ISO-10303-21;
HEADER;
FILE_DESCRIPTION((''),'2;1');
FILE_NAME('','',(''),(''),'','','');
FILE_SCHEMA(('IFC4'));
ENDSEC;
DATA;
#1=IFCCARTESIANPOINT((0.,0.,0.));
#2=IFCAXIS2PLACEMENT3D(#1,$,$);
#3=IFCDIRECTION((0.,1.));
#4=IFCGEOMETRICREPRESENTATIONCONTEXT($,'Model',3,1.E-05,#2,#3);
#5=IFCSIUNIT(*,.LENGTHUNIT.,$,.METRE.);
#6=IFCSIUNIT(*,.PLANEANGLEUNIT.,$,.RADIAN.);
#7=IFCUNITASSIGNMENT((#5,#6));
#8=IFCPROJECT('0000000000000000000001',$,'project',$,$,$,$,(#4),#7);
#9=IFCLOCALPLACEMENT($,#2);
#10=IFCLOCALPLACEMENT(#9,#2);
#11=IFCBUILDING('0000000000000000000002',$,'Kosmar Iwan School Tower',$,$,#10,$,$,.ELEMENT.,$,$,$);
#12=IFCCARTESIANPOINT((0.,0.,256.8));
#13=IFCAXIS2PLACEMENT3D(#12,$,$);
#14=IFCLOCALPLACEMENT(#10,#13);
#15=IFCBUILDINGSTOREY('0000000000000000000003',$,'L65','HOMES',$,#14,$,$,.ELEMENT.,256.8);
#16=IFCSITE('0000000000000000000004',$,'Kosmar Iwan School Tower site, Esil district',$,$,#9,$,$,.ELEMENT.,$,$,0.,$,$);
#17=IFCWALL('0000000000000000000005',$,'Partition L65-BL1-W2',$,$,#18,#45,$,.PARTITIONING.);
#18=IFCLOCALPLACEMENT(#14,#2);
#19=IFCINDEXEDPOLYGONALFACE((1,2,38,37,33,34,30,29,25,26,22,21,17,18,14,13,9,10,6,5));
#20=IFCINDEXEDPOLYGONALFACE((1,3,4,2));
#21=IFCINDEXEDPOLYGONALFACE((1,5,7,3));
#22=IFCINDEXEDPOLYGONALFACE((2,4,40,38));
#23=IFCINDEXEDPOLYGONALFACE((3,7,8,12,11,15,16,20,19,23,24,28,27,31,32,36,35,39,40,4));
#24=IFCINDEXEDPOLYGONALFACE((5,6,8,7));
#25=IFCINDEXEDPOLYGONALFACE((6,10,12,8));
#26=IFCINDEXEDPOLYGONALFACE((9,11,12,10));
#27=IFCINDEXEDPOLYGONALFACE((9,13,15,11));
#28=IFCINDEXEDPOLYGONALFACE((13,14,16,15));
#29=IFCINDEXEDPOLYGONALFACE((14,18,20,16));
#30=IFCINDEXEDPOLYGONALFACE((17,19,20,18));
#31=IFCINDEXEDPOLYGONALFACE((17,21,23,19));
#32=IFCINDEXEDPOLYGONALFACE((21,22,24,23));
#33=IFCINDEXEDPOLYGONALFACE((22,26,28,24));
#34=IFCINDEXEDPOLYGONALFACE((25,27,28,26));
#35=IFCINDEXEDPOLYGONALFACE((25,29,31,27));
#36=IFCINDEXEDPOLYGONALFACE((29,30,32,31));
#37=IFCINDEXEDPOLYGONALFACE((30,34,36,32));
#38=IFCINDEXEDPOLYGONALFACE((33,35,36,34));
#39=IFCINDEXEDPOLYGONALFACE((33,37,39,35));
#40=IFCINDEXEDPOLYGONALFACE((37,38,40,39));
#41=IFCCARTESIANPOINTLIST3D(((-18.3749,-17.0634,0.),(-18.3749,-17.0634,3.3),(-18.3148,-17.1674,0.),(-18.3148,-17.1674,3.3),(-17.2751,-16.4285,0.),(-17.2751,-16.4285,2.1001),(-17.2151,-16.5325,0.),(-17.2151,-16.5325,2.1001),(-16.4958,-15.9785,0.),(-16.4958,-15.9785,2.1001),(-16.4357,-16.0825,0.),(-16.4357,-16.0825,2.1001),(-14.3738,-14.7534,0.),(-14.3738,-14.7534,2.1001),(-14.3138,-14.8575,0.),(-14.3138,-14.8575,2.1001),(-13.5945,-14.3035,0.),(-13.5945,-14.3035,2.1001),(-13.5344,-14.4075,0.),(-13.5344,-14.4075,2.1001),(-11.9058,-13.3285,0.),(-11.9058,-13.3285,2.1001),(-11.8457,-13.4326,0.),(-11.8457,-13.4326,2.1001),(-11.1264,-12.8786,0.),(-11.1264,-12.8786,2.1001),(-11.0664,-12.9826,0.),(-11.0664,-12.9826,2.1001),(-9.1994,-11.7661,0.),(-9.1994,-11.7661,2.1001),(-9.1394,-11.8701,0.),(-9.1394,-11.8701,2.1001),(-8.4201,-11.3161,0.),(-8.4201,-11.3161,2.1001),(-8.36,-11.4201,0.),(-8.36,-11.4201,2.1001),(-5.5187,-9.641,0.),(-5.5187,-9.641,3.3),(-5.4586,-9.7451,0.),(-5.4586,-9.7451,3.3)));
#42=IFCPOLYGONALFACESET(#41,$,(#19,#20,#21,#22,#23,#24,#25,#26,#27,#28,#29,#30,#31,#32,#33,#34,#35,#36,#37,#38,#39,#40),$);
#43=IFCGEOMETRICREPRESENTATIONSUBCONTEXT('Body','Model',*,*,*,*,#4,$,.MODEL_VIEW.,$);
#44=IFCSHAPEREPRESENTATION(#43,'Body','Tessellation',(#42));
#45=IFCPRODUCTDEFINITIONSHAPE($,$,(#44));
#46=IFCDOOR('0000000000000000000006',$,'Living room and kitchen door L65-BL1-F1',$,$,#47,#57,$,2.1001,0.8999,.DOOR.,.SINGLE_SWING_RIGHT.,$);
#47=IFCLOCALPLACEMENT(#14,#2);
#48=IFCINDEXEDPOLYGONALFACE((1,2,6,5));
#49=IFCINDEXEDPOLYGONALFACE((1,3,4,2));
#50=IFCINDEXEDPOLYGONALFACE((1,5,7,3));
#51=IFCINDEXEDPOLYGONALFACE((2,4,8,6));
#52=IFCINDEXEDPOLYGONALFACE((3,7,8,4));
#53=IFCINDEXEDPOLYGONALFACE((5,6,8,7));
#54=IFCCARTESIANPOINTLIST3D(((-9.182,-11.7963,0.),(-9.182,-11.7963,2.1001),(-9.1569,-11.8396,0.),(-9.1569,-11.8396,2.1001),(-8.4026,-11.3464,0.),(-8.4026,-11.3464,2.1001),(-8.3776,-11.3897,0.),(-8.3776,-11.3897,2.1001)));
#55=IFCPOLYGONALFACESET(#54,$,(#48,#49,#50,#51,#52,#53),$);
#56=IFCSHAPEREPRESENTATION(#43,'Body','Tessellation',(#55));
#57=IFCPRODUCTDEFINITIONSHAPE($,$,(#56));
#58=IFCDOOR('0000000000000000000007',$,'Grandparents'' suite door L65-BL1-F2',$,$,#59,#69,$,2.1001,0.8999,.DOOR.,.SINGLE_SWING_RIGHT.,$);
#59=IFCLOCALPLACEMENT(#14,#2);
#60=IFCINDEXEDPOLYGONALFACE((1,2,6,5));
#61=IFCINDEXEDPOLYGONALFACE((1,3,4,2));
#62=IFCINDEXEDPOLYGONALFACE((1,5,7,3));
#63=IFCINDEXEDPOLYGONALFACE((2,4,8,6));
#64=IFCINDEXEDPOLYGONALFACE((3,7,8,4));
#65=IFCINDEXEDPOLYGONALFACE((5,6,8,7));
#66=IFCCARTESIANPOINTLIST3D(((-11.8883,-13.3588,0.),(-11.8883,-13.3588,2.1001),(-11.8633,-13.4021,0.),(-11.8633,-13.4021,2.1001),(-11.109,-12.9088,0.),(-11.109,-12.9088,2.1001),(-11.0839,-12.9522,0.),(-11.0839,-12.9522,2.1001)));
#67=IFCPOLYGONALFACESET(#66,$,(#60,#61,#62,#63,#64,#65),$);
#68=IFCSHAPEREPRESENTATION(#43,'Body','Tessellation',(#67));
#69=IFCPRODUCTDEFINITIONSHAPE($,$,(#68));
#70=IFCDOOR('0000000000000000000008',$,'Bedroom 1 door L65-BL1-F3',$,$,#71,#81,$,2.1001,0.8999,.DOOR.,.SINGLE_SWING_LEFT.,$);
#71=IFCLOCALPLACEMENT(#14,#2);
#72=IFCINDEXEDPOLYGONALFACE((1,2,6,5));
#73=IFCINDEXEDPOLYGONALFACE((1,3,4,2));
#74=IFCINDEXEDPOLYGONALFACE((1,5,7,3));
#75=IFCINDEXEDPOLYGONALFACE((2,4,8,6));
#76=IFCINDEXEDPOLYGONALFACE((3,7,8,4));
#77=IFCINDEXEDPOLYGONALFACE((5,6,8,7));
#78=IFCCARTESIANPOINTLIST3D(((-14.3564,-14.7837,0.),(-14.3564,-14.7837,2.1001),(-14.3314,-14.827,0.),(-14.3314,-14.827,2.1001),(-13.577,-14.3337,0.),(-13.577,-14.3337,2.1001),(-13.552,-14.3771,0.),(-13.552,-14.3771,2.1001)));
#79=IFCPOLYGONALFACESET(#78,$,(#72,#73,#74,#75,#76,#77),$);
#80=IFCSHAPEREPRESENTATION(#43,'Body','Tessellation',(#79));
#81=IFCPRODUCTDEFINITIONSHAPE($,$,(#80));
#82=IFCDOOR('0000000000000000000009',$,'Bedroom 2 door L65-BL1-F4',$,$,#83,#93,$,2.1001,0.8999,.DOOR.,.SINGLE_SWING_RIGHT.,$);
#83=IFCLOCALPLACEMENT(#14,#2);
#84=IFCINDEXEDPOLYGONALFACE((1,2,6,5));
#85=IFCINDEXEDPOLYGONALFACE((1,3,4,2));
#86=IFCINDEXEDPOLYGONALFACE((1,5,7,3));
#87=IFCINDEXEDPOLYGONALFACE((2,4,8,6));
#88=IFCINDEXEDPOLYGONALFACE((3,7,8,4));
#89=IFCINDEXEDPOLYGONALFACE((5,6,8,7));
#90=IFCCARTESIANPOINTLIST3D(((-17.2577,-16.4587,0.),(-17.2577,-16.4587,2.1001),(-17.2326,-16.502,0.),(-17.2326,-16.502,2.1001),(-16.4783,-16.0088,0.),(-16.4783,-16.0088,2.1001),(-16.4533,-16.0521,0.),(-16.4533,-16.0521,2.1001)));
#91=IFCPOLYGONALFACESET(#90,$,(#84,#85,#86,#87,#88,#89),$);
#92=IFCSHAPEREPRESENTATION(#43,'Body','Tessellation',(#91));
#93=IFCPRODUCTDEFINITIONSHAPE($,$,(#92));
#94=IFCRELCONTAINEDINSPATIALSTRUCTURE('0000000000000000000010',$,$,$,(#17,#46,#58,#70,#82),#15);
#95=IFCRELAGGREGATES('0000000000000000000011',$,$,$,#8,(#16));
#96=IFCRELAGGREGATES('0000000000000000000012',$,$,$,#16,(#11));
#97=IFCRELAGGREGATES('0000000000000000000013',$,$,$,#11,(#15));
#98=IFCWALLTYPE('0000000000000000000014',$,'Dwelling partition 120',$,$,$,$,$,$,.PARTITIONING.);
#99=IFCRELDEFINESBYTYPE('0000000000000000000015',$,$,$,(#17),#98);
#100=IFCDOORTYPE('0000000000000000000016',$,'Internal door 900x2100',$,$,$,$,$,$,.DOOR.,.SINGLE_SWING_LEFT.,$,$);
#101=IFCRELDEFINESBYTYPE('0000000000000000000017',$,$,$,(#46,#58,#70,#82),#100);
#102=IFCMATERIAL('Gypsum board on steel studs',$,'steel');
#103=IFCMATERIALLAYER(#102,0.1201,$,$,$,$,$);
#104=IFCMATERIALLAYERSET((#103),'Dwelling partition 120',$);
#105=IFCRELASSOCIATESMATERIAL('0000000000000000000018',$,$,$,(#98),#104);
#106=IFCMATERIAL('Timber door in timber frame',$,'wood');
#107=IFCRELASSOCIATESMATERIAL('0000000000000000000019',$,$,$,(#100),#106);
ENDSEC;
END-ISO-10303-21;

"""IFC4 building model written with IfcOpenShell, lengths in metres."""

from ifc_helpers import new_model, si_unit, direction, frame, frame_2d, origin, place, context, subcontext, project, spatial, rectangle, extrude, material, layer, layer_set, type_object, element, fill, save


model = new_model("IFC4")

# Units and contexts
model_context = context("Model", 3, precision=1e-05, world=origin(), true_north=direction((0.0, 1.0)))
body_context = subcontext(model_context, "Body", "Model", "MODEL_VIEW")
ifc_project = project(units=[si_unit("LENGTHUNIT", "METRE"), si_unit("PLANEANGLEUNIT", "RADIAN")], contexts=[model_context])

# Site, building, storey
site_placement = place(None, origin())
site = spatial("IfcSite", under=ifc_project, at=site_placement, Name="Kosmar Iwan School Tower site, Esil district", CompositionType="ELEMENT", RefElevation=0.0)
building_placement = place(site_placement, origin())
building = spatial("IfcBuilding", under=site, at=building_placement, Name="Kosmar Iwan School Tower", CompositionType="ELEMENT")
storey_placement = place(building_placement, frame((0.0, 0.0, 256.8)))
storey = spatial("IfcBuildingStorey", under=building, at=storey_placement, Name="L65", Description="HOMES", CompositionType="ELEMENT", Elevation=256.8)

# Wall, openings, doors
ifc_material_1 = material(Name="Gypsum board on steel studs", Category="steel")
ifc_layer_1 = layer(ifc_material_1, 0.1201)
ifc_layer_set_1 = layer_set([ifc_layer_1], Name="Dwelling partition 120")
wall_type_1 = type_object("IfcWallType", Name="Dwelling partition 120", PredefinedType="PARTITIONING", material=ifc_layer_set_1)
ifc_material_2 = material(Name="Timber door in timber frame", Category="wood")
door_type_1 = type_object("IfcDoorType", Name="Internal door 900x2100", OperationType="SINGLE_SWING_LEFT", PredefinedType="DOOR", material=ifc_material_2)
wall_1_placement = place(storey_placement, frame((-5.4888, -9.6931, 0.0), z_axis=(0.0, 0.0, 1.0), x_axis=(-0.86603, -0.499992, 0.0)))
wall_1 = element("IfcWall", 1, at=wall_1_placement, inside=storey, type_object=wall_type_1, Name="Partition L65-BL1-W2", PredefinedType="PARTITIONING", context=body_context, shape_type="SweptSolid", body=[
    extrude(rectangle(XDim=14.845, YDim=0.1201, at=frame_2d((7.4224, 0.0))), origin(), (0.0, 0.0, 1.0), 3.3),
])
opening_1_placement = place(wall_1_placement, frame((3.3501, 0.0, 0.0)))
opening_1 = element("IfcOpeningElement", 2, at=opening_1_placement, cuts=wall_1, PredefinedType="OPENING", context=body_context, shape_type="SweptSolid", body=[
    extrude(rectangle(XDim=0.8999, YDim=2.1001, at=frame_2d((0.45, 1.05))), frame((0.0, 0.072, 0.0), z_axis=(0.0, -1.0, 0.0), x_axis=(1.0, 0.0, 0.0)), (0.0, 0.0, 1.0), 0.144),
])
opening_2_placement = place(wall_1_placement, frame((6.4751, 0.0, 0.0)))
opening_2 = element("IfcOpeningElement", 3, at=opening_2_placement, cuts=wall_1, PredefinedType="OPENING", context=body_context, shape_type="SweptSolid", body=[
    extrude(rectangle(XDim=0.8999, YDim=2.1001, at=frame_2d((0.45, 1.05))), frame((0.0, 0.072, 0.0), z_axis=(0.0, -1.0, 0.0), x_axis=(1.0, 0.0, 0.0)), (0.0, 0.0, 1.0), 0.144),
])
opening_3_placement = place(wall_1_placement, frame((9.325, 0.0, 0.0)))
opening_3 = element("IfcOpeningElement", 4, at=opening_3_placement, cuts=wall_1, PredefinedType="OPENING", context=body_context, shape_type="SweptSolid", body=[
    extrude(rectangle(XDim=0.8999, YDim=2.1001, at=frame_2d((0.45, 1.05))), frame((0.0, 0.072, 0.0), z_axis=(0.0, -1.0, 0.0), x_axis=(1.0, 0.0, 0.0)), (0.0, 0.0, 1.0), 0.144),
])
opening_4_placement = place(wall_1_placement, frame((12.675, 0.0, 0.0)))
opening_4 = element("IfcOpeningElement", 5, at=opening_4_placement, cuts=wall_1, PredefinedType="OPENING", context=body_context, shape_type="SweptSolid", body=[
    extrude(rectangle(XDim=0.8999, YDim=2.1001, at=frame_2d((0.45, 1.05))), frame((0.0, 0.072, 0.0), z_axis=(0.0, -1.0, 0.0), x_axis=(1.0, 0.0, 0.0)), (0.0, 0.0, 1.0), 0.144),
])
door_1_placement = place(opening_1_placement, origin())
door_1 = element("IfcDoor", 6, at=door_1_placement, inside=storey, type_object=door_type_1, Name="Living room and kitchen door L65-BL1-F1", OperationType="SINGLE_SWING_RIGHT", OverallHeight=2.1001, OverallWidth=0.8999, PredefinedType="DOOR", context=body_context, shape_type="SweptSolid", body=[
    extrude(rectangle(XDim=0.8999, YDim=2.1001, at=frame_2d((0.45, 1.05))), frame((0.0, 0.0249, 0.0), z_axis=(0.0, -1.0, 0.0), x_axis=(1.0, 0.0, 0.0)), (0.0, 0.0, 1.0), 0.05),
])
fill(opening_1, door_1)
door_2_placement = place(opening_2_placement, origin())
door_2 = element("IfcDoor", 7, at=door_2_placement, inside=storey, type_object=door_type_1, Name="Grandparents' suite door L65-BL1-F2", OperationType="SINGLE_SWING_RIGHT", OverallHeight=2.1001, OverallWidth=0.8999, PredefinedType="DOOR", context=body_context, shape_type="SweptSolid", body=[
    extrude(rectangle(XDim=0.8999, YDim=2.1001, at=frame_2d((0.45, 1.05))), frame((0.0, 0.0249, 0.0), z_axis=(0.0, -1.0, 0.0), x_axis=(1.0, 0.0, 0.0)), (0.0, 0.0, 1.0), 0.05),
])
fill(opening_2, door_2)
door_3_placement = place(opening_3_placement, origin())
door_3 = element("IfcDoor", 8, at=door_3_placement, inside=storey, type_object=door_type_1, Name="Bedroom 1 door L65-BL1-F3", OperationType="SINGLE_SWING_LEFT", OverallHeight=2.1001, OverallWidth=0.8999, PredefinedType="DOOR", context=body_context, shape_type="SweptSolid", body=[
    extrude(rectangle(XDim=0.8999, YDim=2.1001, at=frame_2d((0.45, 1.05))), frame((0.0, 0.0249, 0.0), z_axis=(0.0, -1.0, 0.0), x_axis=(1.0, 0.0, 0.0)), (0.0, 0.0, 1.0), 0.05),
])
fill(opening_3, door_3)
door_4_placement = place(opening_4_placement, origin())
door_4 = element("IfcDoor", 9, at=door_4_placement, inside=storey, type_object=door_type_1, Name="Bedroom 2 door L65-BL1-F4", OperationType="SINGLE_SWING_RIGHT", OverallHeight=2.1001, OverallWidth=0.8999, PredefinedType="DOOR", context=body_context, shape_type="SweptSolid", body=[
    extrude(rectangle(XDim=0.8999, YDim=2.1001, at=frame_2d((0.45, 1.05))), frame((0.0, 0.0249, 0.0), z_axis=(0.0, -1.0, 0.0), x_axis=(1.0, 0.0, 0.0)), (0.0, 0.0, 1.0), 0.05),
])
fill(opening_4, door_4)

save(model, "model.ifc")
